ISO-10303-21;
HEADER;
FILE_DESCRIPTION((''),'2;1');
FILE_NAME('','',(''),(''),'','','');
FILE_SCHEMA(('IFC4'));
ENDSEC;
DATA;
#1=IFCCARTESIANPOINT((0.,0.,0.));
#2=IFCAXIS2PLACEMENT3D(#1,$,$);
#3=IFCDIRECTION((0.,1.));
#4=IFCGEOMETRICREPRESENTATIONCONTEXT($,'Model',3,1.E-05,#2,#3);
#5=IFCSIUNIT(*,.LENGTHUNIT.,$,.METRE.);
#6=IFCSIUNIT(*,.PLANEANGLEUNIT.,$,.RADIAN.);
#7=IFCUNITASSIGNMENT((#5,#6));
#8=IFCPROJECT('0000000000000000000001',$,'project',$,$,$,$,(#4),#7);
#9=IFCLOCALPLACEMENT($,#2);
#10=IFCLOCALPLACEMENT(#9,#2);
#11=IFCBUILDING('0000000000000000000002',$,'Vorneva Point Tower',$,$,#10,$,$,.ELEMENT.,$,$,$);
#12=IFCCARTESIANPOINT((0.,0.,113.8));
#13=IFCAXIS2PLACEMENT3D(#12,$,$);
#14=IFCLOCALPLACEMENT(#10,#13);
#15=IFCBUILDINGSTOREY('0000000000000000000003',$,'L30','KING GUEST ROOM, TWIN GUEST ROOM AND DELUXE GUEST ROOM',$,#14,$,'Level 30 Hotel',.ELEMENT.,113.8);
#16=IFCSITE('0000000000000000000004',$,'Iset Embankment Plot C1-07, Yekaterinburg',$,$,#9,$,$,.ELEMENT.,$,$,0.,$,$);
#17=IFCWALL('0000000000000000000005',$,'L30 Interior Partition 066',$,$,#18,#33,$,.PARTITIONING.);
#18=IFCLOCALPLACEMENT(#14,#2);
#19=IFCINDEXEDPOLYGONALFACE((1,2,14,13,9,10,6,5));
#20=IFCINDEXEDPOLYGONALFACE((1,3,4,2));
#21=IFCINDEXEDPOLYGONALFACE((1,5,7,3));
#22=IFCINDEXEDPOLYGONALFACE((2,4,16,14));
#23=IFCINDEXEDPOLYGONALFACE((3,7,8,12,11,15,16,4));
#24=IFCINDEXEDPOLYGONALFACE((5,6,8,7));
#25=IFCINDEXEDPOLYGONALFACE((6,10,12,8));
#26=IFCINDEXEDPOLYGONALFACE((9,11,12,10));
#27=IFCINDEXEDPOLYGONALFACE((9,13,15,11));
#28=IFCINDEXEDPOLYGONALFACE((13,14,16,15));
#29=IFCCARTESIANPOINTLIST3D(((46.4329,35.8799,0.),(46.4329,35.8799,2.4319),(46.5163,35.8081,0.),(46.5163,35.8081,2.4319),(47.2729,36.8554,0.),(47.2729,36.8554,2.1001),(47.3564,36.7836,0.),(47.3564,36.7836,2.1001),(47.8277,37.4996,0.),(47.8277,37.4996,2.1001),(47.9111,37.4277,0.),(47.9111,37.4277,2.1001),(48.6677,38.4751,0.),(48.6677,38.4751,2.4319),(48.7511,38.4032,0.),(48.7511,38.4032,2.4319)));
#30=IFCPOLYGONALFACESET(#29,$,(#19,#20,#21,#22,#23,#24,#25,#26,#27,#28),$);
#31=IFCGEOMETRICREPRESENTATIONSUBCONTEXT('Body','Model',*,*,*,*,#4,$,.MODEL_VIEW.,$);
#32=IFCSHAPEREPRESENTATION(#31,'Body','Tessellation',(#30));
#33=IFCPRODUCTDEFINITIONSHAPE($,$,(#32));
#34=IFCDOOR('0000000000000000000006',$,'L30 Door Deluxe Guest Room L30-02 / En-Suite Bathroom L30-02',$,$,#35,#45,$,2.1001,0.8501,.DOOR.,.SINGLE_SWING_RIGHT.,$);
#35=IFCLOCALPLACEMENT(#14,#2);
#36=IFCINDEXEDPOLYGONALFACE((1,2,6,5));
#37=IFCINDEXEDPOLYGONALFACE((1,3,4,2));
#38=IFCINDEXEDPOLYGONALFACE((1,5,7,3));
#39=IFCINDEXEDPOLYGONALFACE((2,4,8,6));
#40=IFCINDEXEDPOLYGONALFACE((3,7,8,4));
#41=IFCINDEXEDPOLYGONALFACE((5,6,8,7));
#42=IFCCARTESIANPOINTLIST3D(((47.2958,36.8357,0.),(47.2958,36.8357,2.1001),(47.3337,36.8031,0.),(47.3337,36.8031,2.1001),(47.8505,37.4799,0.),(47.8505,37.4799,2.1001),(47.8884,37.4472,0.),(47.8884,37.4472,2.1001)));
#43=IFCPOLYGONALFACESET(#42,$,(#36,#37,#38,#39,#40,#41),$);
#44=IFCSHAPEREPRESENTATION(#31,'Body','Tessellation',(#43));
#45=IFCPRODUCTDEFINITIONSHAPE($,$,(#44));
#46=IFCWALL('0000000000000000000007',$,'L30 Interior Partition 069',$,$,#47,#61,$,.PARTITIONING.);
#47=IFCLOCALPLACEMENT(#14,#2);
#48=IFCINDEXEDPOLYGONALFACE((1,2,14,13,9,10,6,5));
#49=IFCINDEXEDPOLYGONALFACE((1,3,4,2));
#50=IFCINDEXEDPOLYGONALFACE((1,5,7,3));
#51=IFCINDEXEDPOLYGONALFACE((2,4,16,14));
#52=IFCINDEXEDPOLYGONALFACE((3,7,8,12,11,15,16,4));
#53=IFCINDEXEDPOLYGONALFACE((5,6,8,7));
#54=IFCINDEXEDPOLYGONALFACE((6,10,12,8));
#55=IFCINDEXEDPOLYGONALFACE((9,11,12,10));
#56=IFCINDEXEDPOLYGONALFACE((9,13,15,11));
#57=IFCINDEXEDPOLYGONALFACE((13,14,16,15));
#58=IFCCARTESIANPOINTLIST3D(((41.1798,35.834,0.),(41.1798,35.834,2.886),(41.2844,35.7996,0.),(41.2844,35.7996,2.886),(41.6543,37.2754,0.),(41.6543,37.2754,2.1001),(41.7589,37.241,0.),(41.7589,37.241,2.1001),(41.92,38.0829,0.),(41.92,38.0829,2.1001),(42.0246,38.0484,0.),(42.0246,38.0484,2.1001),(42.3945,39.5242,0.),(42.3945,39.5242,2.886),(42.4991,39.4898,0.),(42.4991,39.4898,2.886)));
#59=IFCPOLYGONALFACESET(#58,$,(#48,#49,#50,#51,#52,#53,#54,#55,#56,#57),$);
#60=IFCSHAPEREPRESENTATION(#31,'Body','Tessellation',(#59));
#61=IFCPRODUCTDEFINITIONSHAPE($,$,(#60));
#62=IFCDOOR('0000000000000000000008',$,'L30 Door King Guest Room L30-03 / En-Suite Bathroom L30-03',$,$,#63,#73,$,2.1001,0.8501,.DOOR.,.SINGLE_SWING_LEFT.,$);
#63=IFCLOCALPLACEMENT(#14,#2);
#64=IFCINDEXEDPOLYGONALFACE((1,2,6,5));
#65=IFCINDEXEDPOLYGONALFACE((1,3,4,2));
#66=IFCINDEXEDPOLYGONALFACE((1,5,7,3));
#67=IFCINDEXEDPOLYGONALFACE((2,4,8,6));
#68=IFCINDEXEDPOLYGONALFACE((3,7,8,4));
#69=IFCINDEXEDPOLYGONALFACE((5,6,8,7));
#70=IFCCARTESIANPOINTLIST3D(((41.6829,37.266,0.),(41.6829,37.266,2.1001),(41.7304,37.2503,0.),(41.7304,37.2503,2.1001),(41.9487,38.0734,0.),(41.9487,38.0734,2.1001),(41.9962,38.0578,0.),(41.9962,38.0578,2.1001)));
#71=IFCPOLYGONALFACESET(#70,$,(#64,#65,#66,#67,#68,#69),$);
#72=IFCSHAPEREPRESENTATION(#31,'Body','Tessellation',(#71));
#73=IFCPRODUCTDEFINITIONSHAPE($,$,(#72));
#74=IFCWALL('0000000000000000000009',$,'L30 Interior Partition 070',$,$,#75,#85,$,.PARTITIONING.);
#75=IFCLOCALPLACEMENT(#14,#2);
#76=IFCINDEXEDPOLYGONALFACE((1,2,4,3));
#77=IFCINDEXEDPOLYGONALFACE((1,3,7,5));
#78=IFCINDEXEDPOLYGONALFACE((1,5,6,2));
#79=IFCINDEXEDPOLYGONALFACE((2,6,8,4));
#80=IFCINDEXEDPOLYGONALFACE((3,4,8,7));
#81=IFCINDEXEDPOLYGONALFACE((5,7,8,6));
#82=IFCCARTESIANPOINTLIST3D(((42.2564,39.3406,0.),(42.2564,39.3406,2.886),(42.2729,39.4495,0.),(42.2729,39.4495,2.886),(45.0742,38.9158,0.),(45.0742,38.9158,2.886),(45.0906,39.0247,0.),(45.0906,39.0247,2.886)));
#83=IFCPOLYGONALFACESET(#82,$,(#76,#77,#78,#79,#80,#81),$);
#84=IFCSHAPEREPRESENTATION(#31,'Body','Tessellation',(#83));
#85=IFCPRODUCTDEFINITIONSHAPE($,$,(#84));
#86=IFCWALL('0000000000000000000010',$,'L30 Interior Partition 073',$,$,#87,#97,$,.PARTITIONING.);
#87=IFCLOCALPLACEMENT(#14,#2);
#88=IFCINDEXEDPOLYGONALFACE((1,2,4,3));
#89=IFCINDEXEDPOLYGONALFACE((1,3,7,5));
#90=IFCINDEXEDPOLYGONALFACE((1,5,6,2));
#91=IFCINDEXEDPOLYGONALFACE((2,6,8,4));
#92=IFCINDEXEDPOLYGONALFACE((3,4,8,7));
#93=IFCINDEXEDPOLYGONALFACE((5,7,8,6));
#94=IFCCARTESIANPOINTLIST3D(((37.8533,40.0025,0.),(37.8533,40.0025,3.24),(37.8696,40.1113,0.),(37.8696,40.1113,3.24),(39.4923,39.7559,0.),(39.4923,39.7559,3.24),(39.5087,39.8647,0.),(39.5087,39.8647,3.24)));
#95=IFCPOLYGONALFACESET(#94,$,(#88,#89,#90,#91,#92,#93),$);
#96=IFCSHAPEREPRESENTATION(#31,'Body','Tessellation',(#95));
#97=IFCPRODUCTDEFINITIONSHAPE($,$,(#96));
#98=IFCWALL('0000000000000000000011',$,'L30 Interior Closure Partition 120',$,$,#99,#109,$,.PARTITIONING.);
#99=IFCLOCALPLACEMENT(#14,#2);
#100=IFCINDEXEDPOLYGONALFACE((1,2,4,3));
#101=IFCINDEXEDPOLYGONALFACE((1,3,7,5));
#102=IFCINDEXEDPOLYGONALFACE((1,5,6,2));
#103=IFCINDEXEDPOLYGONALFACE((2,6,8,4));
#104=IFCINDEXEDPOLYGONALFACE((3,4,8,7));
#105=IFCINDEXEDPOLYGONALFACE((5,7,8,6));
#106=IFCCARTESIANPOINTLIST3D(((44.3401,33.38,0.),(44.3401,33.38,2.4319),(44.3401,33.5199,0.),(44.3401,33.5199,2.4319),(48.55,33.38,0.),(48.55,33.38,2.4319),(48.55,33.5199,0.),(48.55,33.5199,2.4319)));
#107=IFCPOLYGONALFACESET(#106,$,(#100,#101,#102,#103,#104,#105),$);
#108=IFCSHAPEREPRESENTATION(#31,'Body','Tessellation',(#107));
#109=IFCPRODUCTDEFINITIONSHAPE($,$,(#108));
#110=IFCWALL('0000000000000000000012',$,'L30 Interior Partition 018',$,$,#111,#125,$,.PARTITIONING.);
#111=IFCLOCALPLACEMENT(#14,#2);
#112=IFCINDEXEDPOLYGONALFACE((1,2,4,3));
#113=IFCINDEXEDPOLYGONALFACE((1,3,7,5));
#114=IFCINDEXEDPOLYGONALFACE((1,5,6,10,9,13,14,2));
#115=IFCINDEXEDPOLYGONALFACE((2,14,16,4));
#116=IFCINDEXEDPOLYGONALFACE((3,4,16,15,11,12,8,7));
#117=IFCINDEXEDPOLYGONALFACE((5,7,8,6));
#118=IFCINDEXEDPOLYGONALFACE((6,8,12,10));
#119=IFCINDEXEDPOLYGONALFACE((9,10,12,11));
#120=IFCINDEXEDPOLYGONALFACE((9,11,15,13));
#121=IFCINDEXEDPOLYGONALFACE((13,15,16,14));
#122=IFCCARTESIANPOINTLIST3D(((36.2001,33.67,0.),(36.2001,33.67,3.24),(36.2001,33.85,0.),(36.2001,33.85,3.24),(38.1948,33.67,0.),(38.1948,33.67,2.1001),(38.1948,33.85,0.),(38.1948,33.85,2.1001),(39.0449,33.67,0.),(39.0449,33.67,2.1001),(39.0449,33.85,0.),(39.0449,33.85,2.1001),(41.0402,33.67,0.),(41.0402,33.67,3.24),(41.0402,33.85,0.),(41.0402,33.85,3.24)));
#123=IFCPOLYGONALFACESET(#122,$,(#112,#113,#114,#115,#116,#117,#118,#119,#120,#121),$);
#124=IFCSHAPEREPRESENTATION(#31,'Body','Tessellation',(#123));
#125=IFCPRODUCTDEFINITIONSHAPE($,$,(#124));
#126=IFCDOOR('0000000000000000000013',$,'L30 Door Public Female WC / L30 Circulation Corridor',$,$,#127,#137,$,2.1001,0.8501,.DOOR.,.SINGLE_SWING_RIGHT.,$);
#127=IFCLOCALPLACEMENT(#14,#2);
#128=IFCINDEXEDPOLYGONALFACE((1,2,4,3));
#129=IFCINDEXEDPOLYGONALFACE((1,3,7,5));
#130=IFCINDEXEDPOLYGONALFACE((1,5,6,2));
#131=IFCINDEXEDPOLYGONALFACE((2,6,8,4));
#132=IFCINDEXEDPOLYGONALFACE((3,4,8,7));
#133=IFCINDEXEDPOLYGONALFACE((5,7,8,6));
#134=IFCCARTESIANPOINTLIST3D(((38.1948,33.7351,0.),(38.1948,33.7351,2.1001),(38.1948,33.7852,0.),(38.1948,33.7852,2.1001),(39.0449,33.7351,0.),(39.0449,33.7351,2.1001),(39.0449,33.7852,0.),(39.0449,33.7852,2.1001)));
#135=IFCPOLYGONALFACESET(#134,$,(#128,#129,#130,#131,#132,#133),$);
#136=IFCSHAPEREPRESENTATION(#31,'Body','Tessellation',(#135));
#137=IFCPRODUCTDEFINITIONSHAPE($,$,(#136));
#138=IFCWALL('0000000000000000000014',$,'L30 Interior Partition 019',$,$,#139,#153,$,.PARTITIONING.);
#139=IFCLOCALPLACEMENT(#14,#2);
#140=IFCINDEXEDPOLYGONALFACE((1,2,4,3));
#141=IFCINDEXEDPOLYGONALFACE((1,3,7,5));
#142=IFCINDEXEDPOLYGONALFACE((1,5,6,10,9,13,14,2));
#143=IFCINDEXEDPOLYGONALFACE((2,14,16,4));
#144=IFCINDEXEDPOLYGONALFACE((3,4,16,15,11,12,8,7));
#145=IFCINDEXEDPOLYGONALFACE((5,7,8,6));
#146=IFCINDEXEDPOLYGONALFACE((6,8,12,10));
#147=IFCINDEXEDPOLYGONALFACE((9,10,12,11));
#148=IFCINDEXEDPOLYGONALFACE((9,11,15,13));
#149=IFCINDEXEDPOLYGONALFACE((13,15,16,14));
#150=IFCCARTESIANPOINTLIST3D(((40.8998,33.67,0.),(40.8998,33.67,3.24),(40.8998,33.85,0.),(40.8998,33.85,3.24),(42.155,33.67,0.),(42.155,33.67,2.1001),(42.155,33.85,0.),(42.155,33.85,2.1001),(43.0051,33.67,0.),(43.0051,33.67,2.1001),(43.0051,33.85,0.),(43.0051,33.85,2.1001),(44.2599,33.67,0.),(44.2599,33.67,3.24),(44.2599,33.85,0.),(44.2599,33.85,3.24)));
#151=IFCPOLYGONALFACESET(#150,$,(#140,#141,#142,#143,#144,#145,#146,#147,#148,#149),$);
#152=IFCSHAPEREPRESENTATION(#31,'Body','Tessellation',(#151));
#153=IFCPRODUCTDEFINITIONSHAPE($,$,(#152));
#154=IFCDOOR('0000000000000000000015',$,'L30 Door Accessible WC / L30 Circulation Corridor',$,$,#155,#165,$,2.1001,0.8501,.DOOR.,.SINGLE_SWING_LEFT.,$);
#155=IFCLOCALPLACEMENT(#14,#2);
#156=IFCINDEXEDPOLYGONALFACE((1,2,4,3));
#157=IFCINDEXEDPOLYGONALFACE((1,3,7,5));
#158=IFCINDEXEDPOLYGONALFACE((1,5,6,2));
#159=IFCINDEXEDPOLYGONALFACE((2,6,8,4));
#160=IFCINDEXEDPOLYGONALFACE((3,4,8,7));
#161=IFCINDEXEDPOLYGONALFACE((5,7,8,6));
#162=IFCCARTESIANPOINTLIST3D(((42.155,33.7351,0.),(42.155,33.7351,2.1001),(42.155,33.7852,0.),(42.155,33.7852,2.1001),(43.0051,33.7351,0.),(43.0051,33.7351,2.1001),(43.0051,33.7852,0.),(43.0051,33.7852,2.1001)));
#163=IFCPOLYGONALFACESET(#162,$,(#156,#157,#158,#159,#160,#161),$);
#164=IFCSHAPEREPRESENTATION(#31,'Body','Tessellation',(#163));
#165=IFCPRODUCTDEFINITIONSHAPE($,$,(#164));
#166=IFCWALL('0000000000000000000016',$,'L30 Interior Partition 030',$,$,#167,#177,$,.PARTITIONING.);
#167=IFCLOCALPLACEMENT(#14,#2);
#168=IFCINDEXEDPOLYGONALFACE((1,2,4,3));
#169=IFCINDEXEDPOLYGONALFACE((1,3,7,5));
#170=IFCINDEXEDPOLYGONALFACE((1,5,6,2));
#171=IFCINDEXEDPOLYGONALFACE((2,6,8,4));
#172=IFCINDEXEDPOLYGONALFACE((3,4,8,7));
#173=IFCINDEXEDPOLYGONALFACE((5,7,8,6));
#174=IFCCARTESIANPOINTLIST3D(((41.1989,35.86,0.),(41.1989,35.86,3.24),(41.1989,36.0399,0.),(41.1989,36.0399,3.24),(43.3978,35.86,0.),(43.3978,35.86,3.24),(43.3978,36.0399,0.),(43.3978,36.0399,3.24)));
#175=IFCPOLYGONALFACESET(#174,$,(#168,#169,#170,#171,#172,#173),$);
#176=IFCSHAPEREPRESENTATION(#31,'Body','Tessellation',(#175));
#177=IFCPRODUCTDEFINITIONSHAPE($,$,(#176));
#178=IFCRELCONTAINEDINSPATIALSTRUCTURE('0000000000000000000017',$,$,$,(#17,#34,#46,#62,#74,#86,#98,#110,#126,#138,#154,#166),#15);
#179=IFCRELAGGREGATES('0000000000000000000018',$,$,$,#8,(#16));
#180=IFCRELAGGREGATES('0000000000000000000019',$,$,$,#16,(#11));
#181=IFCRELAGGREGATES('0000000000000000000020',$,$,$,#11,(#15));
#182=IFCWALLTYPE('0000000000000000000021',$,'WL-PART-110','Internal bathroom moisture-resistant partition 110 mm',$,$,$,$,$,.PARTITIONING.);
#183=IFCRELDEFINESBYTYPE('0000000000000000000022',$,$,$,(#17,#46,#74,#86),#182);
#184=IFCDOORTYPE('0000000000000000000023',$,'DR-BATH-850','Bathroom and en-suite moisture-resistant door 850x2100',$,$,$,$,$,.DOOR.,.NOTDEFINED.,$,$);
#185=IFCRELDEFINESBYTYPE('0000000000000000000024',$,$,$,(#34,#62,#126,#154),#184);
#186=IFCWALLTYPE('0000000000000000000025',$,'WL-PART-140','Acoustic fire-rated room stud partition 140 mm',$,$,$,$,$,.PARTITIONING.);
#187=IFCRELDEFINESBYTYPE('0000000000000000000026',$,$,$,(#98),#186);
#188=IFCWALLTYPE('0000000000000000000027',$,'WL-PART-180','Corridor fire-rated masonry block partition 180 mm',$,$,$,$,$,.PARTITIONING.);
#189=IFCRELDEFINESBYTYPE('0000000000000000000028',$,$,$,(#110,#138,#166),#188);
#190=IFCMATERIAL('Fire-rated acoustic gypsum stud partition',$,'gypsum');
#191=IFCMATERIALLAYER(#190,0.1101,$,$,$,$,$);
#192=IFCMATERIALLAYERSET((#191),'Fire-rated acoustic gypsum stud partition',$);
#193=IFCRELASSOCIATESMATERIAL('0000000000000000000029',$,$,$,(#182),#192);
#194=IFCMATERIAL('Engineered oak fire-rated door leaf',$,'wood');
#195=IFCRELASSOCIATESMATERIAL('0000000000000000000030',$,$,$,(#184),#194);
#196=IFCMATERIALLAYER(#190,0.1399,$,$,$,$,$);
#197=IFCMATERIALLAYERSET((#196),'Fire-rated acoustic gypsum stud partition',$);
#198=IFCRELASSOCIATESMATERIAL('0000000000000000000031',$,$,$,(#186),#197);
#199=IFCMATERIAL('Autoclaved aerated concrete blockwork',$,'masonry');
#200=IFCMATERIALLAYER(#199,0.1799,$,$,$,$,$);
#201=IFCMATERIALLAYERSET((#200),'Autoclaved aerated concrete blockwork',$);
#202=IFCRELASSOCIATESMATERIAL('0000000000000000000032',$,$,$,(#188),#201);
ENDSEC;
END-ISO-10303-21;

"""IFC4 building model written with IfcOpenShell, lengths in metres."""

from ifc_helpers import new_model, si_unit, direction, frame, frame_2d, origin, place, context, subcontext, project, spatial, rectangle, extrude, material, layer, layer_set, type_object, element, fill, save


model = new_model("IFC4")

# Units and contexts
model_context = context("Model", 3, precision=1e-05, world=origin(), true_north=direction((0.0, 1.0)))
body_context = subcontext(model_context, "Body", "Model", "MODEL_VIEW")
ifc_project = project(units=[si_unit("LENGTHUNIT", "METRE"), si_unit("PLANEANGLEUNIT", "RADIAN")], contexts=[model_context])

# Site, building, storey
site_placement = place(None, origin())
site = spatial("IfcSite", under=ifc_project, at=site_placement, Name="Iset Embankment Plot C1-07, Yekaterinburg", CompositionType="ELEMENT", RefElevation=0.0)
building_placement = place(site_placement, origin())
building = spatial("IfcBuilding", under=site, at=building_placement, Name="Vorneva Point Tower", CompositionType="ELEMENT")
storey_placement = place(building_placement, frame((0.0, 0.0, 113.8)))
storey = spatial("IfcBuildingStorey", under=building, at=storey_placement, Name="L30", Description="KING GUEST ROOM, TWIN GUEST ROOM AND DELUXE GUEST ROOM", LongName="Level 30 Hotel", CompositionType="ELEMENT", Elevation=113.8)

# Walls, openings, doors
ifc_material_1 = material(Name="Fire-rated acoustic gypsum stud partition", Category="gypsum")
ifc_layer_1 = layer(ifc_material_1, 0.1101)
ifc_layer_set_1 = layer_set([ifc_layer_1], Name="Fire-rated acoustic gypsum stud partition")
wall_type_1 = type_object("IfcWallType", Name="WL-PART-110", Description="Internal bathroom moisture-resistant partition 110 mm", PredefinedType="PARTITIONING", material=ifc_layer_set_1)
wall_1_placement = place(storey_placement, frame((46.4746, 35.844, 0.0), z_axis=(0.0, 0.0, 1.0), x_axis=(0.652539, 0.757755, 0.0)))
wall_1 = element("IfcWall", 1, at=wall_1_placement, inside=storey, type_object=wall_type_1, Name="L30 Interior Partition 066", PredefinedType="PARTITIONING", context=body_context, shape_type="SweptSolid", body=[
    extrude(rectangle(XDim=3.4248, YDim=0.1101, at=frame_2d((1.7124, 0.0))), origin(), (0.0, 0.0, 1.0), 2.4319),
])
opening_1_placement = place(wall_1_placement, frame((1.2874, 0.0, 0.0)))
opening_1 = element("IfcOpeningElement", 2, at=opening_1_placement, cuts=wall_1, PredefinedType="OPENING", context=body_context, shape_type="SweptSolid", body=[
    extrude(rectangle(XDim=0.8501, YDim=2.1001, at=frame_2d((0.425, 1.05))), frame((0.0, 0.0698, 0.0), z_axis=(0.0, -1.0, 0.0), x_axis=(1.0, 0.0, 0.0)), (0.0, 0.0, 1.0), 0.1399),
])
ifc_material_2 = material(Name="Engineered oak fire-rated door leaf", Category="wood")
door_type_1 = type_object("IfcDoorType", Name="DR-BATH-850", Description="Bathroom and en-suite moisture-resistant door 850x2100", OperationType="NOTDEFINED", PredefinedType="DOOR", material=ifc_material_2)
door_1_placement = place(opening_1_placement, origin())
door_1 = element("IfcDoor", 3, at=door_1_placement, inside=storey, type_object=door_type_1, Name="L30 Door Deluxe Guest Room L30-02 / En-Suite Bathroom L30-02", OperationType="SINGLE_SWING_RIGHT", OverallHeight=2.1001, OverallWidth=0.8501, PredefinedType="DOOR", context=body_context, shape_type="SweptSolid", body=[
    extrude(rectangle(XDim=0.8501, YDim=2.1001, at=frame_2d((0.425, 1.05))), frame((0.0, 0.0249, 0.0), z_axis=(0.0, -1.0, 0.0), x_axis=(1.0, 0.0, 0.0)), (0.0, 0.0, 1.0), 0.05),
])
fill(opening_1, door_1)
wall_2_placement = place(storey_placement, frame((41.2322, 35.8169, 0.0), z_axis=(0.0, 0.0, 1.0), x_axis=(0.312643, 0.949871, 0.0)))
wall_2 = element("IfcWall", 4, at=wall_2_placement, inside=storey, type_object=wall_type_1, Name="L30 Interior Partition 069", PredefinedType="PARTITIONING", context=body_context, shape_type="SweptSolid", body=[
    extrude(rectangle(XDim=3.885, YDim=0.1101, at=frame_2d((1.9424, 0.0))), origin(), (0.0, 0.0, 1.0), 2.886),
])
opening_2_placement = place(wall_2_placement, frame((1.5173, 0.0, 0.0)))
opening_2 = element("IfcOpeningElement", 5, at=opening_2_placement, cuts=wall_2, PredefinedType="OPENING", context=body_context, shape_type="SweptSolid", body=[
    extrude(rectangle(XDim=0.8501, YDim=2.1001, at=frame_2d((0.425, 1.05))), frame((0.0, 0.0698, 0.0), z_axis=(0.0, -1.0, 0.0), x_axis=(1.0, 0.0, 0.0)), (0.0, 0.0, 1.0), 0.1399),
])
door_2_placement = place(opening_2_placement, origin())
door_2 = element("IfcDoor", 6, at=door_2_placement, inside=storey, type_object=door_type_1, Name="L30 Door King Guest Room L30-03 / En-Suite Bathroom L30-03", OperationType="SINGLE_SWING_LEFT", OverallHeight=2.1001, OverallWidth=0.8501, PredefinedType="DOOR", context=body_context, shape_type="SweptSolid", body=[
    extrude(rectangle(XDim=0.8501, YDim=2.1001, at=frame_2d((0.425, 1.05))), frame((0.0, 0.0249, 0.0), z_axis=(0.0, -1.0, 0.0), x_axis=(1.0, 0.0, 0.0)), (0.0, 0.0, 1.0), 0.05),
])
fill(opening_2, door_2)

# Walls
wall_3_placement = place(storey_placement, frame((42.2646, 39.395, 0.0), z_axis=(0.0, 0.0, 1.0), x_axis=(0.988827, -0.149069, 0.0)))
element("IfcWall", 7, at=wall_3_placement, inside=storey, type_object=wall_type_1, Name="L30 Interior Partition 070", PredefinedType="PARTITIONING", context=body_context, shape_type="SweptSolid", body=[
    extrude(rectangle(XDim=2.8496, YDim=0.1101, at=frame_2d((1.4248, 0.0))), origin(), (0.0, 0.0, 1.0), 2.886),
])
wall_4_placement = place(storey_placement, frame((37.8616, 40.0569, 0.0), z_axis=(0.0, 0.0, 1.0), x_axis=(0.98887, -0.14878, 0.0)))
element("IfcWall", 8, at=wall_4_placement, inside=storey, type_object=wall_type_1, Name="L30 Interior Partition 073", PredefinedType="PARTITIONING", context=body_context, shape_type="SweptSolid", body=[
    extrude(rectangle(XDim=1.6575, YDim=0.1101, at=frame_2d((0.8286, 0.0))), origin(), (0.0, 0.0, 1.0), 3.24),
])
ifc_layer_2 = layer(ifc_material_1, 0.1399)
ifc_layer_set_2 = layer_set([ifc_layer_2], Name="Fire-rated acoustic gypsum stud partition")
wall_type_2 = type_object("IfcWallType", Name="WL-PART-140", Description="Acoustic fire-rated room stud partition 140 mm", PredefinedType="PARTITIONING", material=ifc_layer_set_2)
wall_5_placement = place(storey_placement, frame((44.3401, 33.45, 0.0), z_axis=(0.0, 0.0, 1.0), x_axis=(1.0, 0.0, 0.0)))
element("IfcWall", 9, at=wall_5_placement, inside=storey, type_object=wall_type_2, Name="L30 Interior Closure Partition 120", PredefinedType="PARTITIONING", context=body_context, shape_type="SweptSolid", body=[
    extrude(rectangle(XDim=4.21, YDim=0.1399, at=frame_2d((2.105, 0.0))), origin(), (0.0, 0.0, 1.0), 2.4319),
])

# Walls, openings, doors
ifc_material_3 = material(Name="Autoclaved aerated concrete blockwork", Category="masonry")
ifc_layer_3 = layer(ifc_material_3, 0.1799)
ifc_layer_set_3 = layer_set([ifc_layer_3], Name="Autoclaved aerated concrete blockwork")
wall_type_3 = type_object("IfcWallType", Name="WL-PART-180", Description="Corridor fire-rated masonry block partition 180 mm", PredefinedType="PARTITIONING", material=ifc_layer_set_3)
wall_6_placement = place(storey_placement, frame((41.04, 33.76, 0.0), z_axis=(0.0, 0.0, 1.0), x_axis=(-1.0, 0.0, 0.0)))
wall_6 = element("IfcWall", 10, at=wall_6_placement, inside=storey, type_object=wall_type_3, Name="L30 Interior Partition 018", PredefinedType="PARTITIONING", context=body_context, shape_type="SweptSolid", body=[
    extrude(rectangle(XDim=4.8401, YDim=0.1799, at=frame_2d((2.4199, 0.0))), origin(), (0.0, 0.0, 1.0), 3.24),
])
opening_3_placement = place(wall_6_placement, frame((1.9951, 0.0, 0.0)))
opening_3 = element("IfcOpeningElement", 11, at=opening_3_placement, cuts=wall_6, PredefinedType="OPENING", context=body_context, shape_type="SweptSolid", body=[
    extrude(rectangle(XDim=0.8501, YDim=2.1001, at=frame_2d((0.425, 1.05))), frame((0.0, 0.105, 0.0), z_axis=(0.0, -1.0, 0.0), x_axis=(1.0, 0.0, 0.0)), (0.0, 0.0, 1.0), 0.2097),
])
door_3_placement = place(opening_3_placement, origin())
door_3 = element("IfcDoor", 12, at=door_3_placement, inside=storey, type_object=door_type_1, Name="L30 Door Public Female WC / L30 Circulation Corridor", OperationType="SINGLE_SWING_RIGHT", OverallHeight=2.1001, OverallWidth=0.8501, PredefinedType="DOOR", context=body_context, shape_type="SweptSolid", body=[
    extrude(rectangle(XDim=0.8501, YDim=2.1001, at=frame_2d((0.425, 1.05))), frame((0.0, 0.0249, 0.0), z_axis=(0.0, -1.0, 0.0), x_axis=(1.0, 0.0, 0.0)), (0.0, 0.0, 1.0), 0.05),
])
fill(opening_3, door_3)
wall_7_placement = place(storey_placement, frame((44.26, 33.76, 0.0), z_axis=(0.0, 0.0, 1.0), x_axis=(-1.0, 0.0, 0.0)))
wall_7 = element("IfcWall", 13, at=wall_7_placement, inside=storey, type_object=wall_type_3, Name="L30 Interior Partition 019", PredefinedType="PARTITIONING", context=body_context, shape_type="SweptSolid", body=[
    extrude(rectangle(XDim=3.3601, YDim=0.1799, at=frame_2d((1.6802, 0.0))), origin(), (0.0, 0.0, 1.0), 3.24),
])
opening_4_placement = place(wall_7_placement, frame((1.2549, 0.0, 0.0)))
opening_4 = element("IfcOpeningElement", 14, at=opening_4_placement, cuts=wall_7, PredefinedType="OPENING", context=body_context, shape_type="SweptSolid", body=[
    extrude(rectangle(XDim=0.8501, YDim=2.1001, at=frame_2d((0.425, 1.05))), frame((0.0, 0.105, 0.0), z_axis=(0.0, -1.0, 0.0), x_axis=(1.0, 0.0, 0.0)), (0.0, 0.0, 1.0), 0.2097),
])
door_4_placement = place(opening_4_placement, origin())
door_4 = element("IfcDoor", 15, at=door_4_placement, inside=storey, type_object=door_type_1, Name="L30 Door Accessible WC / L30 Circulation Corridor", OperationType="SINGLE_SWING_LEFT", OverallHeight=2.1001, OverallWidth=0.8501, PredefinedType="DOOR", context=body_context, shape_type="SweptSolid", body=[
    extrude(rectangle(XDim=0.8501, YDim=2.1001, at=frame_2d((0.425, 1.05))), frame((0.0, 0.0249, 0.0), z_axis=(0.0, -1.0, 0.0), x_axis=(1.0, 0.0, 0.0)), (0.0, 0.0, 1.0), 0.05),
])
fill(opening_4, door_4)

# Wall
wall_8_placement = place(storey_placement, frame((43.3979, 35.95, 0.0), z_axis=(0.0, 0.0, 1.0), x_axis=(-1.0, 0.0, 0.0)))
element("IfcWall", 16, at=wall_8_placement, inside=storey, type_object=wall_type_3, Name="L30 Interior Partition 030", PredefinedType="PARTITIONING", context=body_context, shape_type="SweptSolid", body=[
    extrude(rectangle(XDim=2.199, YDim=0.1799, at=frame_2d((1.0996, 0.0))), origin(), (0.0, 0.0, 1.0), 3.24),
])

save(model, "model.ifc")
